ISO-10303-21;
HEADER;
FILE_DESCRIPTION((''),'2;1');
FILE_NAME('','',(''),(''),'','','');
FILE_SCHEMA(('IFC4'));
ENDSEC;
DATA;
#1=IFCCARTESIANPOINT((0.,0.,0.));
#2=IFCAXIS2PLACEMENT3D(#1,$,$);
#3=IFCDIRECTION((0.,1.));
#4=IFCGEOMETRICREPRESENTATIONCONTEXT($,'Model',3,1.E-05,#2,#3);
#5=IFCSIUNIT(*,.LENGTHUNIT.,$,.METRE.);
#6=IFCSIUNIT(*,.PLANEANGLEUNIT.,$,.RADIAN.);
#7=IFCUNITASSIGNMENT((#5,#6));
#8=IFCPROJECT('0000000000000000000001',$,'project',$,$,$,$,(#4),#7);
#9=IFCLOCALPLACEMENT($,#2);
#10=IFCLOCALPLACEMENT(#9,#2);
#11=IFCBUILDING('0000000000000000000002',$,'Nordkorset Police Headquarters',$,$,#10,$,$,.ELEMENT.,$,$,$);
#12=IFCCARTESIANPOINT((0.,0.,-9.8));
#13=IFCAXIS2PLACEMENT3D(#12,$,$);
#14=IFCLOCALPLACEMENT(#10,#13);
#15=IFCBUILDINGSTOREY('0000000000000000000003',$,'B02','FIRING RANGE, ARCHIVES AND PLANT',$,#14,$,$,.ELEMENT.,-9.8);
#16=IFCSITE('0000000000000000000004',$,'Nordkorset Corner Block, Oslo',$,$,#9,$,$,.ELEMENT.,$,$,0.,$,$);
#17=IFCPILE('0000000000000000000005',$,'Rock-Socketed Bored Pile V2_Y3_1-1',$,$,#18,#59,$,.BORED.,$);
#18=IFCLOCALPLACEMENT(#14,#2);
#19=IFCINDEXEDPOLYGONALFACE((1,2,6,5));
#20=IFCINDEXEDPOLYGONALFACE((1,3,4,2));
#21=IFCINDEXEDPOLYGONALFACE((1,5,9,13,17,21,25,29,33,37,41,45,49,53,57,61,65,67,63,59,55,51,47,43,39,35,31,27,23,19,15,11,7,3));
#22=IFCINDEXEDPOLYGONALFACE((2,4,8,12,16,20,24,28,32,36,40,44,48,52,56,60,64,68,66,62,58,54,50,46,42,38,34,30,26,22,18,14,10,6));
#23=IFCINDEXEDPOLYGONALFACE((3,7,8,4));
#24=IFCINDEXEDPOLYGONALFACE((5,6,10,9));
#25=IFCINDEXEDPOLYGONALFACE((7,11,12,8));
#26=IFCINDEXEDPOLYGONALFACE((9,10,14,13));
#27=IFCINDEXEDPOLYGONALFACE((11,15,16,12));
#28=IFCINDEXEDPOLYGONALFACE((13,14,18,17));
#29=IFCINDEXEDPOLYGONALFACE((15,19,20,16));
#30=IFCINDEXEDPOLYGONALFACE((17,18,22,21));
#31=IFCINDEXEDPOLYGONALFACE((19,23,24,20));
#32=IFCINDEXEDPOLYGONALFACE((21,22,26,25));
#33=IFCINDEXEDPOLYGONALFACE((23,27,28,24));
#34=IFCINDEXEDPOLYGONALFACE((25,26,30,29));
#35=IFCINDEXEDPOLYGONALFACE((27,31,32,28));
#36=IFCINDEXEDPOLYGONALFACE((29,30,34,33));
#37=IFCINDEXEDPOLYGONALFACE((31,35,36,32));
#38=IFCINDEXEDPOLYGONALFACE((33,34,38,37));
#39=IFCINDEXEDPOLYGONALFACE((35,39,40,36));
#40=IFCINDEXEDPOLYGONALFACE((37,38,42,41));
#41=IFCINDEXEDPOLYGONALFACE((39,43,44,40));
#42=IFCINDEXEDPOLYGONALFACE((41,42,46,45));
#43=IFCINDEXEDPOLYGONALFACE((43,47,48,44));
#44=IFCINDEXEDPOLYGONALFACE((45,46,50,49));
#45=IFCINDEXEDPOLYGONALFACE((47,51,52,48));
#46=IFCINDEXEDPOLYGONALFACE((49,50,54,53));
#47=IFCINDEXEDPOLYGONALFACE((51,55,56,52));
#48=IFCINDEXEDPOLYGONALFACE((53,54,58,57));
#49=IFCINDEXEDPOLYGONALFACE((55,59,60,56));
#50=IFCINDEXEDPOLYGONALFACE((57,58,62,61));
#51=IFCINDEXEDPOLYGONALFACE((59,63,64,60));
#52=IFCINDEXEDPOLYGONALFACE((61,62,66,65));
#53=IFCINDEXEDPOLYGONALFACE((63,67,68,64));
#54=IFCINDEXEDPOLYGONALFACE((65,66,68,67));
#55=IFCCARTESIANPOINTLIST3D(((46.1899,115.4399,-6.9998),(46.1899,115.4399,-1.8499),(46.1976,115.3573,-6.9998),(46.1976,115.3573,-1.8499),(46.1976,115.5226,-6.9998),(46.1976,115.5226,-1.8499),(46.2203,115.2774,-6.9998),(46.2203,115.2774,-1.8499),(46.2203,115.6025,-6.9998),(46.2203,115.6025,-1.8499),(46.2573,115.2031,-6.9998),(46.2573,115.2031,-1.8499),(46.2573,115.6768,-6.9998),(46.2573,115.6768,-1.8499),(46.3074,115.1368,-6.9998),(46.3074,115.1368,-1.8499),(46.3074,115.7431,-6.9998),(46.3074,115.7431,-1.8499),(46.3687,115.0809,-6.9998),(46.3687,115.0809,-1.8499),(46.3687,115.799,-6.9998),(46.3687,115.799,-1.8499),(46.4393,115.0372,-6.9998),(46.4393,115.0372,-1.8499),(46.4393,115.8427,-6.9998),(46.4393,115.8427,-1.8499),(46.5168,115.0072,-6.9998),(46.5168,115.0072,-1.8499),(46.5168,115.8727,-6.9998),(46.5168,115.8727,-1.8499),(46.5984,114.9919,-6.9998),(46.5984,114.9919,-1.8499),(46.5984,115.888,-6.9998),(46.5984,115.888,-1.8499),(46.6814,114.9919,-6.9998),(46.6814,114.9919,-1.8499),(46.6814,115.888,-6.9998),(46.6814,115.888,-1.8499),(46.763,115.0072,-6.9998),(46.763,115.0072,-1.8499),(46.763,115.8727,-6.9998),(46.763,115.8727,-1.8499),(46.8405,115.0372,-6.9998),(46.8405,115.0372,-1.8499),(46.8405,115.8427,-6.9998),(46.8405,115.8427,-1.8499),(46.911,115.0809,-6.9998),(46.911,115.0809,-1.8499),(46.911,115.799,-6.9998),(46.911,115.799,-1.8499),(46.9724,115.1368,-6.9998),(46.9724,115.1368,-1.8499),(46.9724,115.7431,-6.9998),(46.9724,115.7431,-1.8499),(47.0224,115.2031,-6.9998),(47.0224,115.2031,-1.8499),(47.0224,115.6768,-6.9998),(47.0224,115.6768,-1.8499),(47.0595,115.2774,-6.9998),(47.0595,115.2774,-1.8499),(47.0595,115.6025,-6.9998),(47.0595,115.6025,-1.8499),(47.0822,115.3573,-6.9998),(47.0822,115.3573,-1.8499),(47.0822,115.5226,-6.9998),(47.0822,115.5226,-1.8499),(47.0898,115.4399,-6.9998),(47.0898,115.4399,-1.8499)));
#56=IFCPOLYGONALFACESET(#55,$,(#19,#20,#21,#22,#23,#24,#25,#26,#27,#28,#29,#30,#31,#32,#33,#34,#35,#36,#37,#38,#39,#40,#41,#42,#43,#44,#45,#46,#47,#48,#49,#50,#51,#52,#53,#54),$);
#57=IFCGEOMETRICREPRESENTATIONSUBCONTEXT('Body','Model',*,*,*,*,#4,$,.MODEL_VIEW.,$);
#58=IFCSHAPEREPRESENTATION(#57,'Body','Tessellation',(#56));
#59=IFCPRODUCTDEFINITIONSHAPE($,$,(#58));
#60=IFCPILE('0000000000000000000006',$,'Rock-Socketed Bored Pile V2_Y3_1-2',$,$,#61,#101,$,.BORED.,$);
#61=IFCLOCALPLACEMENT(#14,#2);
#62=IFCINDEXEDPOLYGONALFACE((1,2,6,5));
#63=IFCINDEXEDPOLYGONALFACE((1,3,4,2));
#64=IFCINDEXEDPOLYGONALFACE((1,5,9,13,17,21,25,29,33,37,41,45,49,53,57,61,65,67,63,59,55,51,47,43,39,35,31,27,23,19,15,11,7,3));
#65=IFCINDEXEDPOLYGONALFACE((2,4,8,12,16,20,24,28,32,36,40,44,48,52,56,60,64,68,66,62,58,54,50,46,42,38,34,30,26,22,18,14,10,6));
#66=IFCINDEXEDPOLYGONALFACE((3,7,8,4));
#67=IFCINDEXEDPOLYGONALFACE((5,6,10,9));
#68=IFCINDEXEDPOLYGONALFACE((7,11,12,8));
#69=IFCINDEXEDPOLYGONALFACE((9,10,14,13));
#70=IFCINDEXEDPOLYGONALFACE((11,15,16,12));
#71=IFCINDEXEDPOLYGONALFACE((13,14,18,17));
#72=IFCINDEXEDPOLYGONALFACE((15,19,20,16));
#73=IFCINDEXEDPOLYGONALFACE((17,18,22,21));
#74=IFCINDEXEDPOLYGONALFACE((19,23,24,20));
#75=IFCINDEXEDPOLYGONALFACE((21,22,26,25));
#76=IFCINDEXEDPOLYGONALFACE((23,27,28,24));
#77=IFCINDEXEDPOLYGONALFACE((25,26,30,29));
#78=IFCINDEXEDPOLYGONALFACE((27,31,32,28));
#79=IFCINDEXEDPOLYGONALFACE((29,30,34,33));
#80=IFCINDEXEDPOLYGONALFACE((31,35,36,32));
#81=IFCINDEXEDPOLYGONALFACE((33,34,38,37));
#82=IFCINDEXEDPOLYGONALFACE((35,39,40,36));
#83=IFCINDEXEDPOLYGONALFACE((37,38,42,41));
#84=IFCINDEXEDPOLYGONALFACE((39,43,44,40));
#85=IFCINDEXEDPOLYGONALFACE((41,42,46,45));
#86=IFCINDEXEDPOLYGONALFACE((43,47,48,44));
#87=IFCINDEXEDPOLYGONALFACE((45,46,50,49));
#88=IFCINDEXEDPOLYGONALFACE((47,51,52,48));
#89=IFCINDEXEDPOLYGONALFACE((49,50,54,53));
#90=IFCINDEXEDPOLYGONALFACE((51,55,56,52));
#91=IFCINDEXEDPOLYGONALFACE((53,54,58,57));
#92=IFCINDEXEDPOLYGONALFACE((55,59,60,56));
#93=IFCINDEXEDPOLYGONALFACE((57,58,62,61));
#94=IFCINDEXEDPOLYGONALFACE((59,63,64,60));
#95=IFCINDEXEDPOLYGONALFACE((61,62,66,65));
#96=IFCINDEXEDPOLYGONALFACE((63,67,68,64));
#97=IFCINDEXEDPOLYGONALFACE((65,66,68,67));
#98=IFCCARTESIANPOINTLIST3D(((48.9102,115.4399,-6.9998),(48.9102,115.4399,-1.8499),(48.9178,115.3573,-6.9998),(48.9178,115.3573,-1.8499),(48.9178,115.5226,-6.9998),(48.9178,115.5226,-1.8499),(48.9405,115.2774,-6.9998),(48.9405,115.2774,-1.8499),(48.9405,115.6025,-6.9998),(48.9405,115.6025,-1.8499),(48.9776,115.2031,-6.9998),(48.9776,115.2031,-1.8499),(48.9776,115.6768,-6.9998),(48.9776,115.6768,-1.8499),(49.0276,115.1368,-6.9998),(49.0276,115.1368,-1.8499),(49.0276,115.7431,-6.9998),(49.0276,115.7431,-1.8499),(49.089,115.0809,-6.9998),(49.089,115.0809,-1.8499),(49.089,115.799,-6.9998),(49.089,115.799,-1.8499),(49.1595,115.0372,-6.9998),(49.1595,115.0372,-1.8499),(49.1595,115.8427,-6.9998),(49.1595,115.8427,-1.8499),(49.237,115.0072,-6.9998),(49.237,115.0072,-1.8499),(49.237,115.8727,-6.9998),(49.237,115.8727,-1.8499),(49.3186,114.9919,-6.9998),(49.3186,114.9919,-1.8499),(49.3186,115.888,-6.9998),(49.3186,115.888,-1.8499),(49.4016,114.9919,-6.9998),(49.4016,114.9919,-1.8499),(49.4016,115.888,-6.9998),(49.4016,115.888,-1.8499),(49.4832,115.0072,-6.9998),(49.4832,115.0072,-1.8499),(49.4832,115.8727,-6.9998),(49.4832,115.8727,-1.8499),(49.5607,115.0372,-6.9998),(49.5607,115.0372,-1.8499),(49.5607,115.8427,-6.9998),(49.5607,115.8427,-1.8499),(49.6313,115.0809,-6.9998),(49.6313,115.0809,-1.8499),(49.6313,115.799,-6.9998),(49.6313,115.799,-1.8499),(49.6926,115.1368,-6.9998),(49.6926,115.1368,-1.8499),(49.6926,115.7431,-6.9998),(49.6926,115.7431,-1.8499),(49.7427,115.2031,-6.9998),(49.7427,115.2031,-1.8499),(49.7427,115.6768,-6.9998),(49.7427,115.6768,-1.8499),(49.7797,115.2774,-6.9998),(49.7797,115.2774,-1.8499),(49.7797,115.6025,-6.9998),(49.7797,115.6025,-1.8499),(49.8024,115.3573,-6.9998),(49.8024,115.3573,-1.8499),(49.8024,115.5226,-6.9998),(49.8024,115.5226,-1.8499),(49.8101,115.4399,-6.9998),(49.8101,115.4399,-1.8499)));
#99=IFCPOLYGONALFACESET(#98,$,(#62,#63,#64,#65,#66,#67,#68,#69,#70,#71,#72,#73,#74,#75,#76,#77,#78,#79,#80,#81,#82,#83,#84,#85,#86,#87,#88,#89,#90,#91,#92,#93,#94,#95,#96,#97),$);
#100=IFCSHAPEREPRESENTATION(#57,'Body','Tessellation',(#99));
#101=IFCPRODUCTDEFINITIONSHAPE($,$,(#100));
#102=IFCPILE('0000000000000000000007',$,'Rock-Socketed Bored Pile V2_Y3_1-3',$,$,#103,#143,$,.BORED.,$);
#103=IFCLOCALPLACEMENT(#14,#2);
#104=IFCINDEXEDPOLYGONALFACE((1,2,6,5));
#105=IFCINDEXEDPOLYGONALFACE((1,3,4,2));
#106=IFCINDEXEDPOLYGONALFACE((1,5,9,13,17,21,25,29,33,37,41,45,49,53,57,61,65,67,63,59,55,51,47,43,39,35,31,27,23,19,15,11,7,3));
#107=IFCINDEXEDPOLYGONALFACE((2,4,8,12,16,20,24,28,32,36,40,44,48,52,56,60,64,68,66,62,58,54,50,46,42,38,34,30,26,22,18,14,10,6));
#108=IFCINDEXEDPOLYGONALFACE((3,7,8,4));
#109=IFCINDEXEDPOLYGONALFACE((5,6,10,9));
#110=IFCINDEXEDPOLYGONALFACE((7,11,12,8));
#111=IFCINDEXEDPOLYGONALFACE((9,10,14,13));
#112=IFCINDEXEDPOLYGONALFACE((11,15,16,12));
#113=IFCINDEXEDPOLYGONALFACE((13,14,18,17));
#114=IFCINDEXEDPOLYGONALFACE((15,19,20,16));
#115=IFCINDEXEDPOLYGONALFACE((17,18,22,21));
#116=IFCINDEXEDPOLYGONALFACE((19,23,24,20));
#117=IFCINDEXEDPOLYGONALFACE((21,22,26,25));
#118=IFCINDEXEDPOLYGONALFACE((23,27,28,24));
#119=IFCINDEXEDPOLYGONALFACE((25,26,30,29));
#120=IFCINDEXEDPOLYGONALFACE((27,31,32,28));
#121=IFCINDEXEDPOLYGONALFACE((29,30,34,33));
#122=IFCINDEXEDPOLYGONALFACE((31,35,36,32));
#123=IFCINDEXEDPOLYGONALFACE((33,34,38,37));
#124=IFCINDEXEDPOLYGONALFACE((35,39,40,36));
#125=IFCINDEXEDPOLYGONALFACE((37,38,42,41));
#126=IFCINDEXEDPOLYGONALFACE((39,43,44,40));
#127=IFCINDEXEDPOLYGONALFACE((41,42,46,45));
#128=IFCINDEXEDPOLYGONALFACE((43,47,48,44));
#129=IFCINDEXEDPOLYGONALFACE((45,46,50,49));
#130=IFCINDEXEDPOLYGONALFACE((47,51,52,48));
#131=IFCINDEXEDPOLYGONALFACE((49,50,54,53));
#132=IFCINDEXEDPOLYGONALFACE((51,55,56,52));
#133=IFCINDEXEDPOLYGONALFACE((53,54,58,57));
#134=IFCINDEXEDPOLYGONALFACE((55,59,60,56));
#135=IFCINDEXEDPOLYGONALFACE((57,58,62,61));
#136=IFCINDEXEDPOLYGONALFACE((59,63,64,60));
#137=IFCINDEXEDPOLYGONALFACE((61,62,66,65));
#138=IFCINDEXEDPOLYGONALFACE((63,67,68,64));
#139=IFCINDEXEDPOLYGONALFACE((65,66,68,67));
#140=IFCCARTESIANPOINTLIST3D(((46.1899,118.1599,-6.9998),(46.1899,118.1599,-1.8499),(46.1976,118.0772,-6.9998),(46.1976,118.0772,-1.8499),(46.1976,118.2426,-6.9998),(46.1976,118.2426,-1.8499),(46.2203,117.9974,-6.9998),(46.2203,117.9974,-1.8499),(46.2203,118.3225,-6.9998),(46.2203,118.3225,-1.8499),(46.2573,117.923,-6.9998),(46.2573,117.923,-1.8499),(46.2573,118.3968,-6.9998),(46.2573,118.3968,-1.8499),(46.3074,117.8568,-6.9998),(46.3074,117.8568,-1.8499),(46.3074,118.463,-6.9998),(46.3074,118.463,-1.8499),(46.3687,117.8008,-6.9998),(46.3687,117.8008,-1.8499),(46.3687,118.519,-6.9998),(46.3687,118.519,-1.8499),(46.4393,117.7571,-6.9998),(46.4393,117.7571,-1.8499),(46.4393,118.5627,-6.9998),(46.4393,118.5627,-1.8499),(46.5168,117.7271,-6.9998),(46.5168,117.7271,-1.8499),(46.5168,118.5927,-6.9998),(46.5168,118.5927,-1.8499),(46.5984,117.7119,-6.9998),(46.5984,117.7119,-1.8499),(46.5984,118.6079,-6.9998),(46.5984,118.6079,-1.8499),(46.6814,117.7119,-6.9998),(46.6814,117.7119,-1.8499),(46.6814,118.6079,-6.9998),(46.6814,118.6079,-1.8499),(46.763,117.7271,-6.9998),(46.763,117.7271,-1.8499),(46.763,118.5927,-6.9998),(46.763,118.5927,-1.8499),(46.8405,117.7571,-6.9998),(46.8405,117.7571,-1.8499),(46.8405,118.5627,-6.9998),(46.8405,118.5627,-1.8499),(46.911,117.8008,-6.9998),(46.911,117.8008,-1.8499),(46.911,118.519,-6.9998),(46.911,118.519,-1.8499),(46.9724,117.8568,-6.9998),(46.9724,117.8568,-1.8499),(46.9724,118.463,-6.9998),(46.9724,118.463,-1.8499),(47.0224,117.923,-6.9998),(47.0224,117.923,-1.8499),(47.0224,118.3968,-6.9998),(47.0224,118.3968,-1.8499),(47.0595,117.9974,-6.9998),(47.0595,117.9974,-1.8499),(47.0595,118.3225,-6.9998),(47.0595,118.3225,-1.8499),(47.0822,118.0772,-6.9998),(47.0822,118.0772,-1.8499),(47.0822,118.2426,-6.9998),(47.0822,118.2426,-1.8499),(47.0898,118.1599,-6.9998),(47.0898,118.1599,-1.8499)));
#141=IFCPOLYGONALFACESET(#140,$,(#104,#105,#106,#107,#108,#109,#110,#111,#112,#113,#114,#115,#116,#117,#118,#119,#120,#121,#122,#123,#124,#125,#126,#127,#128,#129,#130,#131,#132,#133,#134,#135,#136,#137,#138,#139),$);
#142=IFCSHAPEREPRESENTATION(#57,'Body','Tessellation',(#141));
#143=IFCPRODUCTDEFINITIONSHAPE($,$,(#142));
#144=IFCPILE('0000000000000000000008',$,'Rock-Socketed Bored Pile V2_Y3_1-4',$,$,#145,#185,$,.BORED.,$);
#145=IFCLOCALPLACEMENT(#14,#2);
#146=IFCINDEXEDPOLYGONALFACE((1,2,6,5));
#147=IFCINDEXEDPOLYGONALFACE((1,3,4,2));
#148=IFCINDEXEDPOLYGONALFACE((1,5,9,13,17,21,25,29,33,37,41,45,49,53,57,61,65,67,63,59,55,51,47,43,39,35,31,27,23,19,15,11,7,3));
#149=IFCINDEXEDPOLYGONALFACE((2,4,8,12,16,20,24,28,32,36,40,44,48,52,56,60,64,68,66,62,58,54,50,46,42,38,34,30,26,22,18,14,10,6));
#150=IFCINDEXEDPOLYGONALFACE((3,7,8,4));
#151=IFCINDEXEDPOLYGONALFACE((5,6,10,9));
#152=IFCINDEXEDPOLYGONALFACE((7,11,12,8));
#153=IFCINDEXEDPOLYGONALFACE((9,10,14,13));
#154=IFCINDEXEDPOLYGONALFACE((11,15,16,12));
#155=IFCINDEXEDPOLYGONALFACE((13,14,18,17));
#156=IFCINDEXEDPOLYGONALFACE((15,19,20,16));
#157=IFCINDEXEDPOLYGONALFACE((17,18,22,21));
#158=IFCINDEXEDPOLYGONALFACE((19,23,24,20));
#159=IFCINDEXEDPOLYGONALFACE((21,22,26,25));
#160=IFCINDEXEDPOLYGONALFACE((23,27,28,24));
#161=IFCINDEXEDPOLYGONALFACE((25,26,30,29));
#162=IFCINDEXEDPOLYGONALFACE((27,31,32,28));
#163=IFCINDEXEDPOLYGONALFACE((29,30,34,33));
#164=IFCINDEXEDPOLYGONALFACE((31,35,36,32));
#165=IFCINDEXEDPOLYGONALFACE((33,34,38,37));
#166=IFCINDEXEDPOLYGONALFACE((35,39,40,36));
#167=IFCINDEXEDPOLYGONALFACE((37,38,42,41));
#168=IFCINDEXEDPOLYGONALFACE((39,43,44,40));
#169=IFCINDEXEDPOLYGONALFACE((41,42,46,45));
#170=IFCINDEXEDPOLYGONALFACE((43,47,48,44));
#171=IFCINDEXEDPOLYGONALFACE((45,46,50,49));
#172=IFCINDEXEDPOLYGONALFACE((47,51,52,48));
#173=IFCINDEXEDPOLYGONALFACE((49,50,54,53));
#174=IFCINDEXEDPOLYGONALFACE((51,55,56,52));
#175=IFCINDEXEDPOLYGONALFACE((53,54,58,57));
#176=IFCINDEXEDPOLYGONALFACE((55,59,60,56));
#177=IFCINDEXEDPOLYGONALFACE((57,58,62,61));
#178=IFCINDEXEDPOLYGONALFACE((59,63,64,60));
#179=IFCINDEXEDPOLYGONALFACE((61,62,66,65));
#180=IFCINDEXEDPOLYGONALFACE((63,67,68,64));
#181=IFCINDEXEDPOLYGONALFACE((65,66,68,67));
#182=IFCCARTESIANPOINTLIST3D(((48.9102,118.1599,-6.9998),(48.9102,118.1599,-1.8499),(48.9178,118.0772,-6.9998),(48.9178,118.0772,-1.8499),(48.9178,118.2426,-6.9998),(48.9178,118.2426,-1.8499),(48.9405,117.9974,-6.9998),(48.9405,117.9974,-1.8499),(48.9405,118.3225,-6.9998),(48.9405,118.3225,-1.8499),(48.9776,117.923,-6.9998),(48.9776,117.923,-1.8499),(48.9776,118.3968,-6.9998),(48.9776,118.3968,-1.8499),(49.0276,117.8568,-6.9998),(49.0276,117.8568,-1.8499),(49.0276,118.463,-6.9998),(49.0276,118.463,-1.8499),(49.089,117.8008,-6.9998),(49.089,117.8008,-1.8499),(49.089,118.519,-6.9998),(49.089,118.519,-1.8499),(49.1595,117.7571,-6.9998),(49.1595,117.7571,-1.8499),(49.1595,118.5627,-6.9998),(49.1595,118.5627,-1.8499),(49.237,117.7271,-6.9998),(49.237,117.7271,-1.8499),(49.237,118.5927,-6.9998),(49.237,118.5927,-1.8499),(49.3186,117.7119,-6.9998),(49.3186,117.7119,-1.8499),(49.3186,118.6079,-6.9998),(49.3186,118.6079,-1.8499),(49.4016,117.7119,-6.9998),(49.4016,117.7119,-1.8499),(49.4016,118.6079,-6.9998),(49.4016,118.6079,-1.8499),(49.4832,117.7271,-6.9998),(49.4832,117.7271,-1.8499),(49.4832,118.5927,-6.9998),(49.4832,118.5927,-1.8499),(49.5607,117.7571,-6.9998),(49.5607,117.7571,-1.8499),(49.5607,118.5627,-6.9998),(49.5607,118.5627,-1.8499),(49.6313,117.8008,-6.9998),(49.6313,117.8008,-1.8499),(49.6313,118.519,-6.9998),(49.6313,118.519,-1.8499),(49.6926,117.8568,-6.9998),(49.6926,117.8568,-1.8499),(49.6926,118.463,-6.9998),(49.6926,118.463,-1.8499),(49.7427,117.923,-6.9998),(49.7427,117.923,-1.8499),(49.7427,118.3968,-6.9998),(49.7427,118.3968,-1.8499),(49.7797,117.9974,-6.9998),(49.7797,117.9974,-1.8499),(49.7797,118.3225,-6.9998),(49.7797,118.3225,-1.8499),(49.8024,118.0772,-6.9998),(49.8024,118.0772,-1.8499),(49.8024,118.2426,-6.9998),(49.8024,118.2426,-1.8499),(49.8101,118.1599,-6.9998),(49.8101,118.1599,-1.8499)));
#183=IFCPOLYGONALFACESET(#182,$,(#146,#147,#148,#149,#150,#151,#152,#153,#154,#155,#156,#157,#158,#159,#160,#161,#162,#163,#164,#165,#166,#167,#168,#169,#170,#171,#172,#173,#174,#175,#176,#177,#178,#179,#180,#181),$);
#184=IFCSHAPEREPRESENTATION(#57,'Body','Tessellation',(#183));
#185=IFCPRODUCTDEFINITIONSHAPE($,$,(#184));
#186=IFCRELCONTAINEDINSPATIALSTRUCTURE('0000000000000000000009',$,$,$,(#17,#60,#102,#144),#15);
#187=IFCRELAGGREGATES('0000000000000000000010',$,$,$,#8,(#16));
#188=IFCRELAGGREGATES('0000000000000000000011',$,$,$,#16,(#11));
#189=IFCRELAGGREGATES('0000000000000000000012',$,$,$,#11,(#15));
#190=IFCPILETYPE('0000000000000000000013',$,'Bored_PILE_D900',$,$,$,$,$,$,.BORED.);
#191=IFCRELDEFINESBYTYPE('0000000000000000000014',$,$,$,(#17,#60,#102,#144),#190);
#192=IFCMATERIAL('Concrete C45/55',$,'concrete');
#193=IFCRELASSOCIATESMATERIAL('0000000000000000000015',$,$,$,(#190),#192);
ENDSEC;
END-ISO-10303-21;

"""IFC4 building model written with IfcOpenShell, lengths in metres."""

from ifc_helpers import new_model, si_unit, direction, frame, origin, origin_2d, place, context, subcontext, project, spatial, circle, extrude, material, material_profile, profile_set, type_object, element, save


model = new_model("IFC4")

# Units and contexts
model_context = context("Model", 3, precision=1e-05, world=origin(), true_north=direction((0.0, 1.0)))
body_context = subcontext(model_context, "Body", "Model", "MODEL_VIEW")
ifc_project = project(units=[si_unit("LENGTHUNIT", "METRE"), si_unit("PLANEANGLEUNIT", "RADIAN")], contexts=[model_context])

# Site, building, storey
site_placement = place(None, origin())
site = spatial("IfcSite", under=ifc_project, at=site_placement, Name="Nordkorset Corner Block, Oslo", CompositionType="ELEMENT", RefElevation=0.0)
building_placement = place(site_placement, origin())
building = spatial("IfcBuilding", under=site, at=building_placement, Name="Nordkorset Police Headquarters", CompositionType="ELEMENT")
storey_placement = place(building_placement, frame((0.0, 0.0, -9.8)))
storey = spatial("IfcBuildingStorey", under=building, at=storey_placement, Name="B02", Description="FIRING RANGE, ARCHIVES AND PLANT", CompositionType="ELEMENT", Elevation=-9.8)

# Piles
ifc_material_1 = material(Name="Concrete C45/55", Category="concrete")
ifc_material_profile_1 = material_profile(ifc_material_1, circle(Radius=0.45, at=origin_2d()), Name="PILE D900")
ifc_profile_set_1 = profile_set([ifc_material_profile_1], Name="Concrete C45/55")
pile_type = type_object("IfcPileType", Name="Bored_PILE_D900", PredefinedType="BORED", material=ifc_profile_set_1)
for number, where, z_axis, x_axis, name in (
    (1, (46.6399, 115.4399, -1.8499), (0.0, 0.0, -1.0), (1.0, 0.0, 0.0), "Rock-Socketed Bored Pile V2_Y3_1-1"),
    (2, (49.3601, 115.4399, -1.8499), (0.0, 0.0, -1.0), (1.0, 0.0, 0.0), "Rock-Socketed Bored Pile V2_Y3_1-2"),
    (3, (46.6399, 118.1599, -1.8499), (0.0, 0.0, -1.0), (1.0, 0.0, 0.0), "Rock-Socketed Bored Pile V2_Y3_1-3"),
    (4, (49.3601, 118.1599, -1.8499), (0.0, 0.0, -1.0), (1.0, 0.0, 0.0), "Rock-Socketed Bored Pile V2_Y3_1-4"),
):
    element("IfcPile", number, at=place(storey_placement, frame(where, z_axis=z_axis, x_axis=x_axis)), inside=storey, type_object=pile_type, Name=name, PredefinedType="BORED", context=body_context, shape_type="SweptSolid", body=[
        extrude(circle(Radius=0.45, at=origin_2d()), origin(), (0.0, 0.0, 1.0), 5.1499),
    ])

save(model, "model.ifc")
